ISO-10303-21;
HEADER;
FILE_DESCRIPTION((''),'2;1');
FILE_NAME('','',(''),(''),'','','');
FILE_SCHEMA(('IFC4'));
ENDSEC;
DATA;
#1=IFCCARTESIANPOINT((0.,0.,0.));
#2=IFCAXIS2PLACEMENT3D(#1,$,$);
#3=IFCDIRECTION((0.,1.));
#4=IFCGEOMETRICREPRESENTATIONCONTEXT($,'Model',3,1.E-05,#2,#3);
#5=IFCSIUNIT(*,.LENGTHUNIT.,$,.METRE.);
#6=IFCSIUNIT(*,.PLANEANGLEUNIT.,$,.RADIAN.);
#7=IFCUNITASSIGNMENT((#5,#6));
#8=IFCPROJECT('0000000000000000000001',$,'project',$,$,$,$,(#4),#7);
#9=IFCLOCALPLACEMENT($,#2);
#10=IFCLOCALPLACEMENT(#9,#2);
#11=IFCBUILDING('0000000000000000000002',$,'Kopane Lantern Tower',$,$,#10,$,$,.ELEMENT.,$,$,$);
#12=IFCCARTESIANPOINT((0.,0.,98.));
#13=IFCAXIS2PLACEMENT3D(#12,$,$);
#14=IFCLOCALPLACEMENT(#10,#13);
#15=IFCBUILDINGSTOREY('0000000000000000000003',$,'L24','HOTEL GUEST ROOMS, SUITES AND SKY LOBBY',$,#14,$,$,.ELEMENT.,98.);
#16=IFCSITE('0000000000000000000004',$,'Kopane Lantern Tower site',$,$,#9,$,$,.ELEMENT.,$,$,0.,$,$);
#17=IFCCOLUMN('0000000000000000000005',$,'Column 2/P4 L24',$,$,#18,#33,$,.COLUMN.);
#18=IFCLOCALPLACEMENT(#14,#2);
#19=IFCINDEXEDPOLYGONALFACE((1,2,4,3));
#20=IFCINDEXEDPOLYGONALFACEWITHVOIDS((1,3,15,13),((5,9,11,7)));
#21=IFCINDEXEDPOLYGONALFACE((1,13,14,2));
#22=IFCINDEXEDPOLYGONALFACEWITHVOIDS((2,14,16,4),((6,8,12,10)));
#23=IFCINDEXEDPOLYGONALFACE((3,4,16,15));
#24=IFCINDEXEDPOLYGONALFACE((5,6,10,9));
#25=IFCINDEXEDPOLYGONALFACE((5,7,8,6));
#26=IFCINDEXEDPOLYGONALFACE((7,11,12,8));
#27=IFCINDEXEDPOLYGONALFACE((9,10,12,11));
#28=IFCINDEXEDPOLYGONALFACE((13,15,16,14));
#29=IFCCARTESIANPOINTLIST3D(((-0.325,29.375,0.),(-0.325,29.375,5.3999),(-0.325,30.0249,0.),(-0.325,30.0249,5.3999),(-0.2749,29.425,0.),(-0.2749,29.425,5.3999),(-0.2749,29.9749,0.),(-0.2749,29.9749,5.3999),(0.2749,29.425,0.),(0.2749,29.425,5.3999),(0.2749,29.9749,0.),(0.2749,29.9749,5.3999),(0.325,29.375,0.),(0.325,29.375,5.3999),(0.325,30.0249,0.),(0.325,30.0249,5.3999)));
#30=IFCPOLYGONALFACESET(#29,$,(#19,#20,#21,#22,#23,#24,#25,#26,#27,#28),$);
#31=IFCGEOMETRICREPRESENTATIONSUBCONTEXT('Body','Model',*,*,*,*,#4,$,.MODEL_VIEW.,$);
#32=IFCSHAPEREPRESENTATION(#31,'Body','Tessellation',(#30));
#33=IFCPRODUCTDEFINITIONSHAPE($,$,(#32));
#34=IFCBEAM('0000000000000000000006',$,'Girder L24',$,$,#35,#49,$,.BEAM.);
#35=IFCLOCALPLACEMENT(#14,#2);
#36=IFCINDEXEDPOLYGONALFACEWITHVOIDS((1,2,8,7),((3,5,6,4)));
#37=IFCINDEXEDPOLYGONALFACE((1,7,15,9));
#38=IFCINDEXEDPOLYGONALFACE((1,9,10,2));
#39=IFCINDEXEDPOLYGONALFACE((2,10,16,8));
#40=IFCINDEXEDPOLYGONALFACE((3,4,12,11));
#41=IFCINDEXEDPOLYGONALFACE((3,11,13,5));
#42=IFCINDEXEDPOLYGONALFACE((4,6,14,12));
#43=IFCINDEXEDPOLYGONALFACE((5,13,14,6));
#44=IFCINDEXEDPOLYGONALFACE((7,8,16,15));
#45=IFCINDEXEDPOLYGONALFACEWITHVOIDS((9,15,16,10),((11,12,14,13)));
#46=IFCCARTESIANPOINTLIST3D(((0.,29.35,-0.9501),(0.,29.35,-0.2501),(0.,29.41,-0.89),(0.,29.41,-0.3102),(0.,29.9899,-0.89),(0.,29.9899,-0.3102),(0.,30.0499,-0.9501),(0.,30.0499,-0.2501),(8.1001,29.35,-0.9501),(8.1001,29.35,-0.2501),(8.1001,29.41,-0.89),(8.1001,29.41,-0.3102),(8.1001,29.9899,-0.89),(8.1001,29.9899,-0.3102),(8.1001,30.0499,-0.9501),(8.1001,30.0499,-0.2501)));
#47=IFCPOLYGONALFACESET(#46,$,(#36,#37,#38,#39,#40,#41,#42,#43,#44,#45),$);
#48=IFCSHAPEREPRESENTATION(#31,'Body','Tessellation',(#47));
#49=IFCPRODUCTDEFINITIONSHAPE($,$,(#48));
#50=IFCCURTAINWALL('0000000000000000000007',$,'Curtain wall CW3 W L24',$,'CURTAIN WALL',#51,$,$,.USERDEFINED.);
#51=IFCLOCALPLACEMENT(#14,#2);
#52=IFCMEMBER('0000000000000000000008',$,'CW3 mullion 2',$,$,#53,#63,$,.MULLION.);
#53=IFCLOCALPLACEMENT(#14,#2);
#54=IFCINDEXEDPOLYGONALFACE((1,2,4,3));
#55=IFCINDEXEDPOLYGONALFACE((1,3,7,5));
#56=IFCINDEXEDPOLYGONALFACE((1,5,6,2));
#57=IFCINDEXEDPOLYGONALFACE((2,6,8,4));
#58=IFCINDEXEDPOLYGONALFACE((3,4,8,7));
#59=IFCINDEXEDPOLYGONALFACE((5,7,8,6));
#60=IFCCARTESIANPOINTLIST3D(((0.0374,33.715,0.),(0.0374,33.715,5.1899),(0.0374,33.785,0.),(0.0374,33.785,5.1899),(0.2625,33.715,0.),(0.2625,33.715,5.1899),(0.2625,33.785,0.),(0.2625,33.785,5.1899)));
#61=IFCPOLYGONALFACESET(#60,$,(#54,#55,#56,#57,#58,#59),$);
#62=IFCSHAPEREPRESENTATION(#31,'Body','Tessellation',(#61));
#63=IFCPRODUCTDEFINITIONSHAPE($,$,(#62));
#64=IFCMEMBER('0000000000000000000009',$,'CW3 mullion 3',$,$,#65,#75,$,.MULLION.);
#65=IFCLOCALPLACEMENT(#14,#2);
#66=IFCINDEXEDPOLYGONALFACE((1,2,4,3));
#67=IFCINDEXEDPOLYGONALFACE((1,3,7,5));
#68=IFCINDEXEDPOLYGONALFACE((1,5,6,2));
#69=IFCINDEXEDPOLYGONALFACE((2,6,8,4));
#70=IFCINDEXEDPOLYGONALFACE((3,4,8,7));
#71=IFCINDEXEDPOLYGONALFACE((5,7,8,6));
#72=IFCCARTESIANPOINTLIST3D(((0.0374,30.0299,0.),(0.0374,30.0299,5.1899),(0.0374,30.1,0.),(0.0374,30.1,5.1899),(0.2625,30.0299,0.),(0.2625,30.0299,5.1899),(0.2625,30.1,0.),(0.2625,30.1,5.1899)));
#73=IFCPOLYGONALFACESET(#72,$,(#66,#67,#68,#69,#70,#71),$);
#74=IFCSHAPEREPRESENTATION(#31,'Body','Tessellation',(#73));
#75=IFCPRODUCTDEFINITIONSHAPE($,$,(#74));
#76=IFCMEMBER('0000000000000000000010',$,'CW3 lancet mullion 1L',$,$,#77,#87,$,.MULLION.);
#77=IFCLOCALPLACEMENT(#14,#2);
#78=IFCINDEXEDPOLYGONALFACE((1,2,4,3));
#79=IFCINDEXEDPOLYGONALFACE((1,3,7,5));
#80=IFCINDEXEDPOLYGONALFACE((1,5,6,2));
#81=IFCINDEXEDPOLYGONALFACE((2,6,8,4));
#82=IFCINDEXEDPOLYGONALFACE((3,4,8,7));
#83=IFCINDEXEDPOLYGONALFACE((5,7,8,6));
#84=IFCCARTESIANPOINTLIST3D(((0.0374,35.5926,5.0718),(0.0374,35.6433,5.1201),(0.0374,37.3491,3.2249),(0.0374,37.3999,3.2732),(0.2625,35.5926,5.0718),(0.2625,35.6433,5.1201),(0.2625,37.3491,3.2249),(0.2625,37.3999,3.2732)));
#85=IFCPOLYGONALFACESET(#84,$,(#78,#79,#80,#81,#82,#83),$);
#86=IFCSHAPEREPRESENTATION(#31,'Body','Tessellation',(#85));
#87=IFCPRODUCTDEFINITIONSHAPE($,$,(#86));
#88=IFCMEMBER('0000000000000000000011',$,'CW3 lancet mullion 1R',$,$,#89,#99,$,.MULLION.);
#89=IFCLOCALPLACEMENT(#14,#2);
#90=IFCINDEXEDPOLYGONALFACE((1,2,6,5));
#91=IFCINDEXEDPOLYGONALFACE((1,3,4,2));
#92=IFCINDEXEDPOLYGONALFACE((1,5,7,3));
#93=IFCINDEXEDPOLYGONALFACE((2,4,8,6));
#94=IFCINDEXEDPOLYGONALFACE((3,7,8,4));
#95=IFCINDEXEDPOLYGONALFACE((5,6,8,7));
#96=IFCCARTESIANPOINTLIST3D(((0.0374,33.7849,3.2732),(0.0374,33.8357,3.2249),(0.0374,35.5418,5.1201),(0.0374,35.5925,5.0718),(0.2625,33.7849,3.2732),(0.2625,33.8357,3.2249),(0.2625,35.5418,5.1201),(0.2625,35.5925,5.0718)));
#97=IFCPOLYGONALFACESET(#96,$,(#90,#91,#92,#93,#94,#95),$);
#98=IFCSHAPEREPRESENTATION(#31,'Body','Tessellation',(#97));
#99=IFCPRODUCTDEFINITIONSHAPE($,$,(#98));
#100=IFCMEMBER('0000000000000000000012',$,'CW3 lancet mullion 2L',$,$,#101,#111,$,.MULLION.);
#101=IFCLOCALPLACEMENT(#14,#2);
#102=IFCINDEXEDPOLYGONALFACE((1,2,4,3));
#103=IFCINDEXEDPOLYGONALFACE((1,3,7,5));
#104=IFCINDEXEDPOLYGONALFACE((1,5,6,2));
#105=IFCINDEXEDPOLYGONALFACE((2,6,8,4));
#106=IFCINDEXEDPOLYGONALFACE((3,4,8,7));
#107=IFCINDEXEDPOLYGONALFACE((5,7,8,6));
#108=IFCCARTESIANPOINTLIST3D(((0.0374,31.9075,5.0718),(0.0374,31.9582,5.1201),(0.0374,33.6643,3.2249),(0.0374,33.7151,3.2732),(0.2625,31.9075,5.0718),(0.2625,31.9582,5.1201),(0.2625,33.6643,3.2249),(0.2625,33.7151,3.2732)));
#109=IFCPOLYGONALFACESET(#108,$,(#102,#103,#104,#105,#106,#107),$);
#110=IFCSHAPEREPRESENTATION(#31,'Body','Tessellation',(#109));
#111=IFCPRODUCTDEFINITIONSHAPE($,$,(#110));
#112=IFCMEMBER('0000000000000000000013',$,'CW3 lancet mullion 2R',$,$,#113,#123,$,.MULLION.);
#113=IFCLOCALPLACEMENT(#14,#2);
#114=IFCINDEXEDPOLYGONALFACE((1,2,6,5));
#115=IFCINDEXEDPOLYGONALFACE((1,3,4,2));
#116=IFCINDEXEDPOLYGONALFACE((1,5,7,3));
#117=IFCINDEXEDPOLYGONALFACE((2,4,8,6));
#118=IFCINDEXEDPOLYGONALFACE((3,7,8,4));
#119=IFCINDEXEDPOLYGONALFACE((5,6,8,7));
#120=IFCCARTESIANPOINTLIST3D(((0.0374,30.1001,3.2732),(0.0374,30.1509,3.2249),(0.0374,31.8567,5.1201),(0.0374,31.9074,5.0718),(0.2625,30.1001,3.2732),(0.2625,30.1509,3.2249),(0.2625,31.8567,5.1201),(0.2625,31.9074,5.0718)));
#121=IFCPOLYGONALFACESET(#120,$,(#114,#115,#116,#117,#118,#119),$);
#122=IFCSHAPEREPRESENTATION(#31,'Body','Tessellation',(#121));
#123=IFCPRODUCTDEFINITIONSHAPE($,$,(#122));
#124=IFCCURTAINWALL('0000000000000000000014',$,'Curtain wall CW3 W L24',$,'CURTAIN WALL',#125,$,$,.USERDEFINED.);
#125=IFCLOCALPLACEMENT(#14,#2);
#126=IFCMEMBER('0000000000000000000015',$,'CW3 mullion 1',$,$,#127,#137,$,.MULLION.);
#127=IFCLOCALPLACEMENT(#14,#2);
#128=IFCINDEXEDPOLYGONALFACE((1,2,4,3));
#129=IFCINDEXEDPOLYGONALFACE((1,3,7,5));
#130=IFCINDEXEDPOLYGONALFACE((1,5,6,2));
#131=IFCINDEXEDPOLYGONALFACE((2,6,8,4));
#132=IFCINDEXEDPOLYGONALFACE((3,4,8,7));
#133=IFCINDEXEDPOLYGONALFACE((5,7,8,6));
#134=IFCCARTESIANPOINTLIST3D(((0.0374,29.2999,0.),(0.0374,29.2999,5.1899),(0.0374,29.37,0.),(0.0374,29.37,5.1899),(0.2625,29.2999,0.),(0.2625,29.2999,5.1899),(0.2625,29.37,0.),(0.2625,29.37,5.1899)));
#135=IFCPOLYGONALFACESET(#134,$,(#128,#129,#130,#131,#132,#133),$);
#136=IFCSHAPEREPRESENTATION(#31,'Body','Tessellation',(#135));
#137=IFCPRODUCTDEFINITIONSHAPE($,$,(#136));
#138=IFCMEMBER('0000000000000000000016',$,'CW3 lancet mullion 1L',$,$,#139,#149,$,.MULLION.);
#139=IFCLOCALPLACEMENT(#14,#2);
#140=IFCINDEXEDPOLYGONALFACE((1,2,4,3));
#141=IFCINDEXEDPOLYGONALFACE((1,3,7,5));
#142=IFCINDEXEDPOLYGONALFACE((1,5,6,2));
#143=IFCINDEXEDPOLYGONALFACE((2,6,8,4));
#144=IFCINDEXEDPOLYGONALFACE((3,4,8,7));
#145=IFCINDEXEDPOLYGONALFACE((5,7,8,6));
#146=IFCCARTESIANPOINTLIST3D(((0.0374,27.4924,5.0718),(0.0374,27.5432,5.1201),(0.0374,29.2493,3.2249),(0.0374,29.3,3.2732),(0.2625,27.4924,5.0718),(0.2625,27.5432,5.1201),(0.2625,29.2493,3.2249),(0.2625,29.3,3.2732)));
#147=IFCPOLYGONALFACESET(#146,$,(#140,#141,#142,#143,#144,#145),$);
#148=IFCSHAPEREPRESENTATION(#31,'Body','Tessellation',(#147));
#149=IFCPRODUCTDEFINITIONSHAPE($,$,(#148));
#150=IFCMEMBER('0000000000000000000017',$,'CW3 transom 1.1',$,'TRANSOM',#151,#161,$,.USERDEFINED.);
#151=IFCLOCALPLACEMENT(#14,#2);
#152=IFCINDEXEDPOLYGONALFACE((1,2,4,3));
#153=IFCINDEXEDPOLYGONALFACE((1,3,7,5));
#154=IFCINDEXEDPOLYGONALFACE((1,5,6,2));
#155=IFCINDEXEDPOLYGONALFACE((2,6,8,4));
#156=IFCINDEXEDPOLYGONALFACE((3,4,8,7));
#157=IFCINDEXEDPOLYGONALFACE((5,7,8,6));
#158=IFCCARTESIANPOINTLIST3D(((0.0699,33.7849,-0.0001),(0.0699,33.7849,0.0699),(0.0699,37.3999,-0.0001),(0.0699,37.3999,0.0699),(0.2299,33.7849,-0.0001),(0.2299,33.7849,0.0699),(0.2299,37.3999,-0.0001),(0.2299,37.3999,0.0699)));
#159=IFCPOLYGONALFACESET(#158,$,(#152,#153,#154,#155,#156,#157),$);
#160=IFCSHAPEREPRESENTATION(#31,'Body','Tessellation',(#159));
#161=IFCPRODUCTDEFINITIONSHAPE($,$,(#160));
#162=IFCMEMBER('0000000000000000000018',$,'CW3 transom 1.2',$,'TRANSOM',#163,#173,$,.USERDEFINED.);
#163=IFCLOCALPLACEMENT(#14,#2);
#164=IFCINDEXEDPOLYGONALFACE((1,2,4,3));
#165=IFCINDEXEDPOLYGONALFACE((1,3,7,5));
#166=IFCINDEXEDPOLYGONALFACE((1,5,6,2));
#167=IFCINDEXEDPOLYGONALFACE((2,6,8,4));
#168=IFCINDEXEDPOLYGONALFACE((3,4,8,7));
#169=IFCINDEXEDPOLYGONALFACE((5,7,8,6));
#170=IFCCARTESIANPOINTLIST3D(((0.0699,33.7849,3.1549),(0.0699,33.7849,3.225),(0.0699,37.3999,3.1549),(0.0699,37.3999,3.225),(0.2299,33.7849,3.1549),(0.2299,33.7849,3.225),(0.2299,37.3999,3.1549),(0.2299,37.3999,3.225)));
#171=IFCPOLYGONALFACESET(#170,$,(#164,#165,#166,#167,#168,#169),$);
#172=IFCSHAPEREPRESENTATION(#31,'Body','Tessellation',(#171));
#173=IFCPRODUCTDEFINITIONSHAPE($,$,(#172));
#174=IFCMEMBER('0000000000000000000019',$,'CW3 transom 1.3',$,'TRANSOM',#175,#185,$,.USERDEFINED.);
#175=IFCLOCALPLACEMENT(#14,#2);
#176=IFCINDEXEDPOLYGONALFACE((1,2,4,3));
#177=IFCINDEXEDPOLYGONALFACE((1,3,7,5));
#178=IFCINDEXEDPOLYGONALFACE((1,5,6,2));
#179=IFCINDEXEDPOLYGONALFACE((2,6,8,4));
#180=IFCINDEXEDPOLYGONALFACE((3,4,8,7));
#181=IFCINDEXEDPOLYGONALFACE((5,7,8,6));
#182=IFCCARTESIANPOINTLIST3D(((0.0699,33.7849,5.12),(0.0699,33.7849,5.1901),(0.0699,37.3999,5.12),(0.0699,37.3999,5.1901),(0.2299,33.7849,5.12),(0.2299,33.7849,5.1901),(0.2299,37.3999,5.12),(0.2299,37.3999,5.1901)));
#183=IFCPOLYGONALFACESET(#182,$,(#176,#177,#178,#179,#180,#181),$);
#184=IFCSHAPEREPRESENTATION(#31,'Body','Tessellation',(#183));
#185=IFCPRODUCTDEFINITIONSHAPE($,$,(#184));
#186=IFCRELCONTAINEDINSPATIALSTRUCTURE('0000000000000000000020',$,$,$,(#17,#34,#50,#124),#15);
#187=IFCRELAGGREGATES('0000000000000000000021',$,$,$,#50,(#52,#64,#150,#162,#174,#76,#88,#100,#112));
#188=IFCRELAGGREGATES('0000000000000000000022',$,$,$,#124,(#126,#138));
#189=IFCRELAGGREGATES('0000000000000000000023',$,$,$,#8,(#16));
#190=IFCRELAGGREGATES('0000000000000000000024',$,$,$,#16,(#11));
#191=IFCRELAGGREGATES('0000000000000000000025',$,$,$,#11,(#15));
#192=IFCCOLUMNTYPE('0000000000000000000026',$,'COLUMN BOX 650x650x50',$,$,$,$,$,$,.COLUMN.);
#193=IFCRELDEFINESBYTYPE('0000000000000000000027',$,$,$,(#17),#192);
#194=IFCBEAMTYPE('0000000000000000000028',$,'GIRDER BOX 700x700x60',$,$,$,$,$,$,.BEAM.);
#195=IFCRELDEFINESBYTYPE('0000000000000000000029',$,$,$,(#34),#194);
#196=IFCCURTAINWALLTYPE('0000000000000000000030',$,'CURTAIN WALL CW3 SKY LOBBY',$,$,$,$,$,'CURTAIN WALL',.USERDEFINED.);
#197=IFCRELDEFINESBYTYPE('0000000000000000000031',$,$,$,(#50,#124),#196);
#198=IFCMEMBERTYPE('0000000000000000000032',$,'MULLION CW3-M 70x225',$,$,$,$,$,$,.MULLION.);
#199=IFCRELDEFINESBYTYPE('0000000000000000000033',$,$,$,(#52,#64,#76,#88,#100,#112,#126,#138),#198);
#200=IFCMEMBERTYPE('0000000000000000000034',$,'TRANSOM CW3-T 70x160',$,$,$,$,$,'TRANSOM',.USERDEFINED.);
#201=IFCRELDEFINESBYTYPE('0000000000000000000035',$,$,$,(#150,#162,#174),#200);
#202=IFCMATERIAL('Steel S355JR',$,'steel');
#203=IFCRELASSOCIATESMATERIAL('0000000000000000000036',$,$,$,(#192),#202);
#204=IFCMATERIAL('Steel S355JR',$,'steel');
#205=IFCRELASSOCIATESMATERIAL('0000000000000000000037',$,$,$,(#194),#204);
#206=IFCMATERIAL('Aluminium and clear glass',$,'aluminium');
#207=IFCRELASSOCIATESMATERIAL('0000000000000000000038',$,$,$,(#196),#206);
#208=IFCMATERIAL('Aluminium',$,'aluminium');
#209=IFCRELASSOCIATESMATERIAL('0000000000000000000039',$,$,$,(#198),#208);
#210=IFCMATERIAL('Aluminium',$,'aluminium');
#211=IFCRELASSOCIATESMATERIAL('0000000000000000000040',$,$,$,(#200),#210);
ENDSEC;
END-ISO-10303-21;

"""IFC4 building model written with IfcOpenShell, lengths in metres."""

from ifc_helpers import new_model, si_unit, direction, frame, origin, origin_2d, place, context, subcontext, project, spatial, rectangle, hollow_rectangle, extrude, material, material_profile, profile_set, type_object, element, aggregate, save


model = new_model("IFC4")

# Units and contexts
model_context = context("Model", 3, precision=1e-05, world=origin(), true_north=direction((0.0, 1.0)))
body_context = subcontext(model_context, "Body", "Model", "MODEL_VIEW")
ifc_project = project(units=[si_unit("LENGTHUNIT", "METRE"), si_unit("PLANEANGLEUNIT", "RADIAN")], contexts=[model_context])

# Site, building, storey
site_placement = place(None, origin())
site = spatial("IfcSite", under=ifc_project, at=site_placement, Name="Kopane Lantern Tower site", CompositionType="ELEMENT", RefElevation=0.0)
building_placement = place(site_placement, origin())
building = spatial("IfcBuilding", under=site, at=building_placement, Name="Kopane Lantern Tower", CompositionType="ELEMENT")
storey_placement = place(building_placement, frame((0.0, 0.0, 98.0)))
storey = spatial("IfcBuildingStorey", under=building, at=storey_placement, Name="L24", Description="HOTEL GUEST ROOMS, SUITES AND SKY LOBBY", CompositionType="ELEMENT", Elevation=98.0)

# Column
ifc_material_1 = material(Name="Steel S355JR", Category="steel")
ifc_material_profile_1 = material_profile(ifc_material_1, hollow_rectangle(XDim=0.6499, YDim=0.6499, WallThickness=0.05, at=origin_2d()), Name="BOX 650x650x50")
ifc_profile_set_1 = profile_set([ifc_material_profile_1], Name="Steel S355JR")
column_type = type_object("IfcColumnType", Name="COLUMN BOX 650x650x50", PredefinedType="COLUMN", material=ifc_profile_set_1)
column_placement = place(storey_placement, frame((0.0, 29.7, 0.0), z_axis=(0.0, 0.0, 1.0), x_axis=(1.0, 0.0, 0.0)))
element("IfcColumn", 1, at=column_placement, inside=storey, type_object=column_type, Name="Column 2/P4 L24", PredefinedType="COLUMN", context=body_context, shape_type="SweptSolid", body=[
    extrude(hollow_rectangle(XDim=0.6499, YDim=0.6499, WallThickness=0.05, at=origin_2d()), origin(), (0.0, 0.0, 1.0), 5.3999),
])

# Beam
ifc_material_2 = material(Name="Steel S355JR", Category="steel")
ifc_material_profile_2 = material_profile(ifc_material_2, hollow_rectangle(XDim=0.7, YDim=0.7, WallThickness=0.0601, at=origin_2d()), Name="BOX 700x700x60")
ifc_profile_set_2 = profile_set([ifc_material_profile_2], Name="Steel S355JR")
beam_type = type_object("IfcBeamType", Name="GIRDER BOX 700x700x60", PredefinedType="BEAM", material=ifc_profile_set_2)
beam_placement = place(storey_placement, frame((0.0, 29.7, -0.6001), z_axis=(1.0, 0.0, 0.0), x_axis=(0.0, 1.0, 0.0)))
element("IfcBeam", 2, at=beam_placement, inside=storey, type_object=beam_type, Name="Girder L24", PredefinedType="BEAM", context=body_context, shape_type="SweptSolid", body=[
    extrude(hollow_rectangle(XDim=0.7, YDim=0.7, WallThickness=0.0601, at=origin_2d()), origin(), (0.0, 0.0, 1.0), 8.1001),
])

# Curtain walls, members
ifc_material_3 = material(Name="Aluminium and clear glass", Category="aluminium")
curtain_wall_type = type_object("IfcCurtainWallType", Name="CURTAIN WALL CW3 SKY LOBBY", ElementType="CURTAIN WALL", PredefinedType="USERDEFINED", material=ifc_material_3)
curtain_wall_1_placement = place(storey_placement, origin())
curtain_wall_1 = element("IfcCurtainWall", 3, at=curtain_wall_1_placement, inside=storey, type_object=curtain_wall_type, Name="Curtain wall CW3 W L24", ObjectType="CURTAIN WALL", PredefinedType="USERDEFINED")
ifc_material_4 = material(Name="Aluminium", Category="aluminium")
ifc_material_profile_3 = material_profile(ifc_material_4, rectangle(XDim=0.0701, YDim=0.2251, at=origin_2d()), Name="AL 70x225")
ifc_profile_set_3 = profile_set([ifc_material_profile_3], Name="Aluminium")
member_type_1 = type_object("IfcMemberType", Name="MULLION CW3-M 70x225", PredefinedType="MULLION", material=ifc_profile_set_3)
member_1_placement = place(storey_placement, frame((0.1499, 33.75, 0.0), z_axis=(0.0, 0.0, 1.0), x_axis=(0.0, -1.0, 0.0)))
member_1 = element("IfcMember", 4, at=member_1_placement, type_object=member_type_1, Name="CW3 mullion 2", PredefinedType="MULLION", context=body_context, shape_type="SweptSolid", body=[
    extrude(rectangle(XDim=0.0701, YDim=0.2251, at=origin_2d()), origin(), (0.0, 0.0, 1.0), 5.1899),
])
member_2_placement = place(storey_placement, frame((0.1499, 30.0649, 0.0), z_axis=(0.0, 0.0, 1.0), x_axis=(0.0, -1.0, 0.0)))
member_2 = element("IfcMember", 5, at=member_2_placement, type_object=member_type_1, Name="CW3 mullion 3", PredefinedType="MULLION", context=body_context, shape_type="SweptSolid", body=[
    extrude(rectangle(XDim=0.0701, YDim=0.2251, at=origin_2d()), origin(), (0.0, 0.0, 1.0), 5.1899),
])
member_3_placement = place(storey_placement, frame((0.1499, 37.3745, 3.249), z_axis=(0.0, -0.689165, 0.724605), x_axis=(0.0, 0.724605, 0.689165)))
member_3 = element("IfcMember", 6, at=member_3_placement, type_object=member_type_1, Name="CW3 lancet mullion 1L", PredefinedType="MULLION", context=body_context, shape_type="SweptSolid", body=[
    extrude(rectangle(XDim=0.0701, YDim=0.2251, at=origin_2d()), origin(), (0.0, 0.0, 1.0), 2.5488),
])
member_4_placement = place(storey_placement, frame((0.1499, 33.8103, 3.249), z_axis=(0.0, 0.689215, 0.724557), x_axis=(0.0, -0.724557, 0.689215)))
member_4 = element("IfcMember", 7, at=member_4_placement, type_object=member_type_1, Name="CW3 lancet mullion 1R", PredefinedType="MULLION", context=body_context, shape_type="SweptSolid", body=[
    extrude(rectangle(XDim=0.0701, YDim=0.2251, at=origin_2d()), origin(), (0.0, 0.0, 1.0), 2.5491),
])
member_5_placement = place(storey_placement, frame((0.1499, 33.6897, 3.249), z_axis=(0.0, -0.689215, 0.724557), x_axis=(0.0, 0.724557, 0.689215)))
member_5 = element("IfcMember", 8, at=member_5_placement, type_object=member_type_1, Name="CW3 lancet mullion 2L", PredefinedType="MULLION", context=body_context, shape_type="SweptSolid", body=[
    extrude(rectangle(XDim=0.0701, YDim=0.2251, at=origin_2d()), origin(), (0.0, 0.0, 1.0), 2.5491),
])
member_6_placement = place(storey_placement, frame((0.1499, 30.1255, 3.249), z_axis=(0.0, 0.689165, 0.724605), x_axis=(0.0, -0.724605, 0.689165)))
member_6 = element("IfcMember", 9, at=member_6_placement, type_object=member_type_1, Name="CW3 lancet mullion 2R", PredefinedType="MULLION", context=body_context, shape_type="SweptSolid", body=[
    extrude(rectangle(XDim=0.0701, YDim=0.2251, at=origin_2d()), origin(), (0.0, 0.0, 1.0), 2.5488),
])
curtain_wall_2_placement = place(storey_placement, origin())
curtain_wall_2 = element("IfcCurtainWall", 10, at=curtain_wall_2_placement, inside=storey, type_object=curtain_wall_type, Name="Curtain wall CW3 W L24", ObjectType="CURTAIN WALL", PredefinedType="USERDEFINED")
member_7_placement = place(storey_placement, frame((0.1499, 29.335, 0.0), z_axis=(0.0, 0.0, 1.0), x_axis=(0.0, -1.0, 0.0)))
member_7 = element("IfcMember", 11, at=member_7_placement, type_object=member_type_1, Name="CW3 mullion 1", PredefinedType="MULLION", context=body_context, shape_type="SweptSolid", body=[
    extrude(rectangle(XDim=0.0701, YDim=0.2251, at=origin_2d()), origin(), (0.0, 0.0, 1.0), 5.1899),
])
member_8_placement = place(storey_placement, frame((0.1499, 29.2747, 3.249), z_axis=(0.0, -0.689215, 0.724557), x_axis=(0.0, 0.724557, 0.689215)))
member_8 = element("IfcMember", 12, at=member_8_placement, type_object=member_type_1, Name="CW3 lancet mullion 1L", PredefinedType="MULLION", context=body_context, shape_type="SweptSolid", body=[
    extrude(rectangle(XDim=0.0701, YDim=0.2251, at=origin_2d()), origin(), (0.0, 0.0, 1.0), 2.5491),
])

# Members
ifc_material_5 = material(Name="Aluminium", Category="aluminium")
ifc_material_profile_4 = material_profile(ifc_material_5, rectangle(XDim=0.1599, YDim=0.0701, at=origin_2d()), Name="AL 160x70")
ifc_profile_set_4 = profile_set([ifc_material_profile_4], Name="Aluminium")
member_type_2 = type_object("IfcMemberType", Name="TRANSOM CW3-T 70x160", ElementType="TRANSOM", PredefinedType="USERDEFINED", material=ifc_profile_set_4)
member_9_placement = place(storey_placement, frame((0.1499, 37.3999, 0.0349), z_axis=(0.0, -1.0, 0.0), x_axis=(1.0, 0.0, 0.0)))
member_9 = element("IfcMember", 13, at=member_9_placement, type_object=member_type_2, Name="CW3 transom 1.1", ObjectType="TRANSOM", PredefinedType="USERDEFINED", context=body_context, shape_type="SweptSolid", body=[
    extrude(rectangle(XDim=0.1599, YDim=0.0701, at=origin_2d()), origin(), (0.0, 0.0, 1.0), 3.615),
])
member_10_placement = place(storey_placement, frame((0.1499, 37.3999, 3.1899), z_axis=(0.0, -1.0, 0.0), x_axis=(1.0, 0.0, 0.0)))
member_10 = element("IfcMember", 14, at=member_10_placement, type_object=member_type_2, Name="CW3 transom 1.2", ObjectType="TRANSOM", PredefinedType="USERDEFINED", context=body_context, shape_type="SweptSolid", body=[
    extrude(rectangle(XDim=0.1599, YDim=0.0701, at=origin_2d()), origin(), (0.0, 0.0, 1.0), 3.615),
])
member_11_placement = place(storey_placement, frame((0.1499, 37.3999, 5.155), z_axis=(0.0, -1.0, 0.0), x_axis=(1.0, 0.0, 0.0)))
member_11 = element("IfcMember", 15, at=member_11_placement, type_object=member_type_2, Name="CW3 transom 1.3", ObjectType="TRANSOM", PredefinedType="USERDEFINED", context=body_context, shape_type="SweptSolid", body=[
    extrude(rectangle(XDim=0.1599, YDim=0.0701, at=origin_2d()), origin(), (0.0, 0.0, 1.0), 3.615),
])

aggregate(curtain_wall_1, [member_1, member_2, member_9, member_10, member_11, member_3, member_4, member_5, member_6])
aggregate(curtain_wall_2, [member_7, member_8])

save(model, "model.ifc")
